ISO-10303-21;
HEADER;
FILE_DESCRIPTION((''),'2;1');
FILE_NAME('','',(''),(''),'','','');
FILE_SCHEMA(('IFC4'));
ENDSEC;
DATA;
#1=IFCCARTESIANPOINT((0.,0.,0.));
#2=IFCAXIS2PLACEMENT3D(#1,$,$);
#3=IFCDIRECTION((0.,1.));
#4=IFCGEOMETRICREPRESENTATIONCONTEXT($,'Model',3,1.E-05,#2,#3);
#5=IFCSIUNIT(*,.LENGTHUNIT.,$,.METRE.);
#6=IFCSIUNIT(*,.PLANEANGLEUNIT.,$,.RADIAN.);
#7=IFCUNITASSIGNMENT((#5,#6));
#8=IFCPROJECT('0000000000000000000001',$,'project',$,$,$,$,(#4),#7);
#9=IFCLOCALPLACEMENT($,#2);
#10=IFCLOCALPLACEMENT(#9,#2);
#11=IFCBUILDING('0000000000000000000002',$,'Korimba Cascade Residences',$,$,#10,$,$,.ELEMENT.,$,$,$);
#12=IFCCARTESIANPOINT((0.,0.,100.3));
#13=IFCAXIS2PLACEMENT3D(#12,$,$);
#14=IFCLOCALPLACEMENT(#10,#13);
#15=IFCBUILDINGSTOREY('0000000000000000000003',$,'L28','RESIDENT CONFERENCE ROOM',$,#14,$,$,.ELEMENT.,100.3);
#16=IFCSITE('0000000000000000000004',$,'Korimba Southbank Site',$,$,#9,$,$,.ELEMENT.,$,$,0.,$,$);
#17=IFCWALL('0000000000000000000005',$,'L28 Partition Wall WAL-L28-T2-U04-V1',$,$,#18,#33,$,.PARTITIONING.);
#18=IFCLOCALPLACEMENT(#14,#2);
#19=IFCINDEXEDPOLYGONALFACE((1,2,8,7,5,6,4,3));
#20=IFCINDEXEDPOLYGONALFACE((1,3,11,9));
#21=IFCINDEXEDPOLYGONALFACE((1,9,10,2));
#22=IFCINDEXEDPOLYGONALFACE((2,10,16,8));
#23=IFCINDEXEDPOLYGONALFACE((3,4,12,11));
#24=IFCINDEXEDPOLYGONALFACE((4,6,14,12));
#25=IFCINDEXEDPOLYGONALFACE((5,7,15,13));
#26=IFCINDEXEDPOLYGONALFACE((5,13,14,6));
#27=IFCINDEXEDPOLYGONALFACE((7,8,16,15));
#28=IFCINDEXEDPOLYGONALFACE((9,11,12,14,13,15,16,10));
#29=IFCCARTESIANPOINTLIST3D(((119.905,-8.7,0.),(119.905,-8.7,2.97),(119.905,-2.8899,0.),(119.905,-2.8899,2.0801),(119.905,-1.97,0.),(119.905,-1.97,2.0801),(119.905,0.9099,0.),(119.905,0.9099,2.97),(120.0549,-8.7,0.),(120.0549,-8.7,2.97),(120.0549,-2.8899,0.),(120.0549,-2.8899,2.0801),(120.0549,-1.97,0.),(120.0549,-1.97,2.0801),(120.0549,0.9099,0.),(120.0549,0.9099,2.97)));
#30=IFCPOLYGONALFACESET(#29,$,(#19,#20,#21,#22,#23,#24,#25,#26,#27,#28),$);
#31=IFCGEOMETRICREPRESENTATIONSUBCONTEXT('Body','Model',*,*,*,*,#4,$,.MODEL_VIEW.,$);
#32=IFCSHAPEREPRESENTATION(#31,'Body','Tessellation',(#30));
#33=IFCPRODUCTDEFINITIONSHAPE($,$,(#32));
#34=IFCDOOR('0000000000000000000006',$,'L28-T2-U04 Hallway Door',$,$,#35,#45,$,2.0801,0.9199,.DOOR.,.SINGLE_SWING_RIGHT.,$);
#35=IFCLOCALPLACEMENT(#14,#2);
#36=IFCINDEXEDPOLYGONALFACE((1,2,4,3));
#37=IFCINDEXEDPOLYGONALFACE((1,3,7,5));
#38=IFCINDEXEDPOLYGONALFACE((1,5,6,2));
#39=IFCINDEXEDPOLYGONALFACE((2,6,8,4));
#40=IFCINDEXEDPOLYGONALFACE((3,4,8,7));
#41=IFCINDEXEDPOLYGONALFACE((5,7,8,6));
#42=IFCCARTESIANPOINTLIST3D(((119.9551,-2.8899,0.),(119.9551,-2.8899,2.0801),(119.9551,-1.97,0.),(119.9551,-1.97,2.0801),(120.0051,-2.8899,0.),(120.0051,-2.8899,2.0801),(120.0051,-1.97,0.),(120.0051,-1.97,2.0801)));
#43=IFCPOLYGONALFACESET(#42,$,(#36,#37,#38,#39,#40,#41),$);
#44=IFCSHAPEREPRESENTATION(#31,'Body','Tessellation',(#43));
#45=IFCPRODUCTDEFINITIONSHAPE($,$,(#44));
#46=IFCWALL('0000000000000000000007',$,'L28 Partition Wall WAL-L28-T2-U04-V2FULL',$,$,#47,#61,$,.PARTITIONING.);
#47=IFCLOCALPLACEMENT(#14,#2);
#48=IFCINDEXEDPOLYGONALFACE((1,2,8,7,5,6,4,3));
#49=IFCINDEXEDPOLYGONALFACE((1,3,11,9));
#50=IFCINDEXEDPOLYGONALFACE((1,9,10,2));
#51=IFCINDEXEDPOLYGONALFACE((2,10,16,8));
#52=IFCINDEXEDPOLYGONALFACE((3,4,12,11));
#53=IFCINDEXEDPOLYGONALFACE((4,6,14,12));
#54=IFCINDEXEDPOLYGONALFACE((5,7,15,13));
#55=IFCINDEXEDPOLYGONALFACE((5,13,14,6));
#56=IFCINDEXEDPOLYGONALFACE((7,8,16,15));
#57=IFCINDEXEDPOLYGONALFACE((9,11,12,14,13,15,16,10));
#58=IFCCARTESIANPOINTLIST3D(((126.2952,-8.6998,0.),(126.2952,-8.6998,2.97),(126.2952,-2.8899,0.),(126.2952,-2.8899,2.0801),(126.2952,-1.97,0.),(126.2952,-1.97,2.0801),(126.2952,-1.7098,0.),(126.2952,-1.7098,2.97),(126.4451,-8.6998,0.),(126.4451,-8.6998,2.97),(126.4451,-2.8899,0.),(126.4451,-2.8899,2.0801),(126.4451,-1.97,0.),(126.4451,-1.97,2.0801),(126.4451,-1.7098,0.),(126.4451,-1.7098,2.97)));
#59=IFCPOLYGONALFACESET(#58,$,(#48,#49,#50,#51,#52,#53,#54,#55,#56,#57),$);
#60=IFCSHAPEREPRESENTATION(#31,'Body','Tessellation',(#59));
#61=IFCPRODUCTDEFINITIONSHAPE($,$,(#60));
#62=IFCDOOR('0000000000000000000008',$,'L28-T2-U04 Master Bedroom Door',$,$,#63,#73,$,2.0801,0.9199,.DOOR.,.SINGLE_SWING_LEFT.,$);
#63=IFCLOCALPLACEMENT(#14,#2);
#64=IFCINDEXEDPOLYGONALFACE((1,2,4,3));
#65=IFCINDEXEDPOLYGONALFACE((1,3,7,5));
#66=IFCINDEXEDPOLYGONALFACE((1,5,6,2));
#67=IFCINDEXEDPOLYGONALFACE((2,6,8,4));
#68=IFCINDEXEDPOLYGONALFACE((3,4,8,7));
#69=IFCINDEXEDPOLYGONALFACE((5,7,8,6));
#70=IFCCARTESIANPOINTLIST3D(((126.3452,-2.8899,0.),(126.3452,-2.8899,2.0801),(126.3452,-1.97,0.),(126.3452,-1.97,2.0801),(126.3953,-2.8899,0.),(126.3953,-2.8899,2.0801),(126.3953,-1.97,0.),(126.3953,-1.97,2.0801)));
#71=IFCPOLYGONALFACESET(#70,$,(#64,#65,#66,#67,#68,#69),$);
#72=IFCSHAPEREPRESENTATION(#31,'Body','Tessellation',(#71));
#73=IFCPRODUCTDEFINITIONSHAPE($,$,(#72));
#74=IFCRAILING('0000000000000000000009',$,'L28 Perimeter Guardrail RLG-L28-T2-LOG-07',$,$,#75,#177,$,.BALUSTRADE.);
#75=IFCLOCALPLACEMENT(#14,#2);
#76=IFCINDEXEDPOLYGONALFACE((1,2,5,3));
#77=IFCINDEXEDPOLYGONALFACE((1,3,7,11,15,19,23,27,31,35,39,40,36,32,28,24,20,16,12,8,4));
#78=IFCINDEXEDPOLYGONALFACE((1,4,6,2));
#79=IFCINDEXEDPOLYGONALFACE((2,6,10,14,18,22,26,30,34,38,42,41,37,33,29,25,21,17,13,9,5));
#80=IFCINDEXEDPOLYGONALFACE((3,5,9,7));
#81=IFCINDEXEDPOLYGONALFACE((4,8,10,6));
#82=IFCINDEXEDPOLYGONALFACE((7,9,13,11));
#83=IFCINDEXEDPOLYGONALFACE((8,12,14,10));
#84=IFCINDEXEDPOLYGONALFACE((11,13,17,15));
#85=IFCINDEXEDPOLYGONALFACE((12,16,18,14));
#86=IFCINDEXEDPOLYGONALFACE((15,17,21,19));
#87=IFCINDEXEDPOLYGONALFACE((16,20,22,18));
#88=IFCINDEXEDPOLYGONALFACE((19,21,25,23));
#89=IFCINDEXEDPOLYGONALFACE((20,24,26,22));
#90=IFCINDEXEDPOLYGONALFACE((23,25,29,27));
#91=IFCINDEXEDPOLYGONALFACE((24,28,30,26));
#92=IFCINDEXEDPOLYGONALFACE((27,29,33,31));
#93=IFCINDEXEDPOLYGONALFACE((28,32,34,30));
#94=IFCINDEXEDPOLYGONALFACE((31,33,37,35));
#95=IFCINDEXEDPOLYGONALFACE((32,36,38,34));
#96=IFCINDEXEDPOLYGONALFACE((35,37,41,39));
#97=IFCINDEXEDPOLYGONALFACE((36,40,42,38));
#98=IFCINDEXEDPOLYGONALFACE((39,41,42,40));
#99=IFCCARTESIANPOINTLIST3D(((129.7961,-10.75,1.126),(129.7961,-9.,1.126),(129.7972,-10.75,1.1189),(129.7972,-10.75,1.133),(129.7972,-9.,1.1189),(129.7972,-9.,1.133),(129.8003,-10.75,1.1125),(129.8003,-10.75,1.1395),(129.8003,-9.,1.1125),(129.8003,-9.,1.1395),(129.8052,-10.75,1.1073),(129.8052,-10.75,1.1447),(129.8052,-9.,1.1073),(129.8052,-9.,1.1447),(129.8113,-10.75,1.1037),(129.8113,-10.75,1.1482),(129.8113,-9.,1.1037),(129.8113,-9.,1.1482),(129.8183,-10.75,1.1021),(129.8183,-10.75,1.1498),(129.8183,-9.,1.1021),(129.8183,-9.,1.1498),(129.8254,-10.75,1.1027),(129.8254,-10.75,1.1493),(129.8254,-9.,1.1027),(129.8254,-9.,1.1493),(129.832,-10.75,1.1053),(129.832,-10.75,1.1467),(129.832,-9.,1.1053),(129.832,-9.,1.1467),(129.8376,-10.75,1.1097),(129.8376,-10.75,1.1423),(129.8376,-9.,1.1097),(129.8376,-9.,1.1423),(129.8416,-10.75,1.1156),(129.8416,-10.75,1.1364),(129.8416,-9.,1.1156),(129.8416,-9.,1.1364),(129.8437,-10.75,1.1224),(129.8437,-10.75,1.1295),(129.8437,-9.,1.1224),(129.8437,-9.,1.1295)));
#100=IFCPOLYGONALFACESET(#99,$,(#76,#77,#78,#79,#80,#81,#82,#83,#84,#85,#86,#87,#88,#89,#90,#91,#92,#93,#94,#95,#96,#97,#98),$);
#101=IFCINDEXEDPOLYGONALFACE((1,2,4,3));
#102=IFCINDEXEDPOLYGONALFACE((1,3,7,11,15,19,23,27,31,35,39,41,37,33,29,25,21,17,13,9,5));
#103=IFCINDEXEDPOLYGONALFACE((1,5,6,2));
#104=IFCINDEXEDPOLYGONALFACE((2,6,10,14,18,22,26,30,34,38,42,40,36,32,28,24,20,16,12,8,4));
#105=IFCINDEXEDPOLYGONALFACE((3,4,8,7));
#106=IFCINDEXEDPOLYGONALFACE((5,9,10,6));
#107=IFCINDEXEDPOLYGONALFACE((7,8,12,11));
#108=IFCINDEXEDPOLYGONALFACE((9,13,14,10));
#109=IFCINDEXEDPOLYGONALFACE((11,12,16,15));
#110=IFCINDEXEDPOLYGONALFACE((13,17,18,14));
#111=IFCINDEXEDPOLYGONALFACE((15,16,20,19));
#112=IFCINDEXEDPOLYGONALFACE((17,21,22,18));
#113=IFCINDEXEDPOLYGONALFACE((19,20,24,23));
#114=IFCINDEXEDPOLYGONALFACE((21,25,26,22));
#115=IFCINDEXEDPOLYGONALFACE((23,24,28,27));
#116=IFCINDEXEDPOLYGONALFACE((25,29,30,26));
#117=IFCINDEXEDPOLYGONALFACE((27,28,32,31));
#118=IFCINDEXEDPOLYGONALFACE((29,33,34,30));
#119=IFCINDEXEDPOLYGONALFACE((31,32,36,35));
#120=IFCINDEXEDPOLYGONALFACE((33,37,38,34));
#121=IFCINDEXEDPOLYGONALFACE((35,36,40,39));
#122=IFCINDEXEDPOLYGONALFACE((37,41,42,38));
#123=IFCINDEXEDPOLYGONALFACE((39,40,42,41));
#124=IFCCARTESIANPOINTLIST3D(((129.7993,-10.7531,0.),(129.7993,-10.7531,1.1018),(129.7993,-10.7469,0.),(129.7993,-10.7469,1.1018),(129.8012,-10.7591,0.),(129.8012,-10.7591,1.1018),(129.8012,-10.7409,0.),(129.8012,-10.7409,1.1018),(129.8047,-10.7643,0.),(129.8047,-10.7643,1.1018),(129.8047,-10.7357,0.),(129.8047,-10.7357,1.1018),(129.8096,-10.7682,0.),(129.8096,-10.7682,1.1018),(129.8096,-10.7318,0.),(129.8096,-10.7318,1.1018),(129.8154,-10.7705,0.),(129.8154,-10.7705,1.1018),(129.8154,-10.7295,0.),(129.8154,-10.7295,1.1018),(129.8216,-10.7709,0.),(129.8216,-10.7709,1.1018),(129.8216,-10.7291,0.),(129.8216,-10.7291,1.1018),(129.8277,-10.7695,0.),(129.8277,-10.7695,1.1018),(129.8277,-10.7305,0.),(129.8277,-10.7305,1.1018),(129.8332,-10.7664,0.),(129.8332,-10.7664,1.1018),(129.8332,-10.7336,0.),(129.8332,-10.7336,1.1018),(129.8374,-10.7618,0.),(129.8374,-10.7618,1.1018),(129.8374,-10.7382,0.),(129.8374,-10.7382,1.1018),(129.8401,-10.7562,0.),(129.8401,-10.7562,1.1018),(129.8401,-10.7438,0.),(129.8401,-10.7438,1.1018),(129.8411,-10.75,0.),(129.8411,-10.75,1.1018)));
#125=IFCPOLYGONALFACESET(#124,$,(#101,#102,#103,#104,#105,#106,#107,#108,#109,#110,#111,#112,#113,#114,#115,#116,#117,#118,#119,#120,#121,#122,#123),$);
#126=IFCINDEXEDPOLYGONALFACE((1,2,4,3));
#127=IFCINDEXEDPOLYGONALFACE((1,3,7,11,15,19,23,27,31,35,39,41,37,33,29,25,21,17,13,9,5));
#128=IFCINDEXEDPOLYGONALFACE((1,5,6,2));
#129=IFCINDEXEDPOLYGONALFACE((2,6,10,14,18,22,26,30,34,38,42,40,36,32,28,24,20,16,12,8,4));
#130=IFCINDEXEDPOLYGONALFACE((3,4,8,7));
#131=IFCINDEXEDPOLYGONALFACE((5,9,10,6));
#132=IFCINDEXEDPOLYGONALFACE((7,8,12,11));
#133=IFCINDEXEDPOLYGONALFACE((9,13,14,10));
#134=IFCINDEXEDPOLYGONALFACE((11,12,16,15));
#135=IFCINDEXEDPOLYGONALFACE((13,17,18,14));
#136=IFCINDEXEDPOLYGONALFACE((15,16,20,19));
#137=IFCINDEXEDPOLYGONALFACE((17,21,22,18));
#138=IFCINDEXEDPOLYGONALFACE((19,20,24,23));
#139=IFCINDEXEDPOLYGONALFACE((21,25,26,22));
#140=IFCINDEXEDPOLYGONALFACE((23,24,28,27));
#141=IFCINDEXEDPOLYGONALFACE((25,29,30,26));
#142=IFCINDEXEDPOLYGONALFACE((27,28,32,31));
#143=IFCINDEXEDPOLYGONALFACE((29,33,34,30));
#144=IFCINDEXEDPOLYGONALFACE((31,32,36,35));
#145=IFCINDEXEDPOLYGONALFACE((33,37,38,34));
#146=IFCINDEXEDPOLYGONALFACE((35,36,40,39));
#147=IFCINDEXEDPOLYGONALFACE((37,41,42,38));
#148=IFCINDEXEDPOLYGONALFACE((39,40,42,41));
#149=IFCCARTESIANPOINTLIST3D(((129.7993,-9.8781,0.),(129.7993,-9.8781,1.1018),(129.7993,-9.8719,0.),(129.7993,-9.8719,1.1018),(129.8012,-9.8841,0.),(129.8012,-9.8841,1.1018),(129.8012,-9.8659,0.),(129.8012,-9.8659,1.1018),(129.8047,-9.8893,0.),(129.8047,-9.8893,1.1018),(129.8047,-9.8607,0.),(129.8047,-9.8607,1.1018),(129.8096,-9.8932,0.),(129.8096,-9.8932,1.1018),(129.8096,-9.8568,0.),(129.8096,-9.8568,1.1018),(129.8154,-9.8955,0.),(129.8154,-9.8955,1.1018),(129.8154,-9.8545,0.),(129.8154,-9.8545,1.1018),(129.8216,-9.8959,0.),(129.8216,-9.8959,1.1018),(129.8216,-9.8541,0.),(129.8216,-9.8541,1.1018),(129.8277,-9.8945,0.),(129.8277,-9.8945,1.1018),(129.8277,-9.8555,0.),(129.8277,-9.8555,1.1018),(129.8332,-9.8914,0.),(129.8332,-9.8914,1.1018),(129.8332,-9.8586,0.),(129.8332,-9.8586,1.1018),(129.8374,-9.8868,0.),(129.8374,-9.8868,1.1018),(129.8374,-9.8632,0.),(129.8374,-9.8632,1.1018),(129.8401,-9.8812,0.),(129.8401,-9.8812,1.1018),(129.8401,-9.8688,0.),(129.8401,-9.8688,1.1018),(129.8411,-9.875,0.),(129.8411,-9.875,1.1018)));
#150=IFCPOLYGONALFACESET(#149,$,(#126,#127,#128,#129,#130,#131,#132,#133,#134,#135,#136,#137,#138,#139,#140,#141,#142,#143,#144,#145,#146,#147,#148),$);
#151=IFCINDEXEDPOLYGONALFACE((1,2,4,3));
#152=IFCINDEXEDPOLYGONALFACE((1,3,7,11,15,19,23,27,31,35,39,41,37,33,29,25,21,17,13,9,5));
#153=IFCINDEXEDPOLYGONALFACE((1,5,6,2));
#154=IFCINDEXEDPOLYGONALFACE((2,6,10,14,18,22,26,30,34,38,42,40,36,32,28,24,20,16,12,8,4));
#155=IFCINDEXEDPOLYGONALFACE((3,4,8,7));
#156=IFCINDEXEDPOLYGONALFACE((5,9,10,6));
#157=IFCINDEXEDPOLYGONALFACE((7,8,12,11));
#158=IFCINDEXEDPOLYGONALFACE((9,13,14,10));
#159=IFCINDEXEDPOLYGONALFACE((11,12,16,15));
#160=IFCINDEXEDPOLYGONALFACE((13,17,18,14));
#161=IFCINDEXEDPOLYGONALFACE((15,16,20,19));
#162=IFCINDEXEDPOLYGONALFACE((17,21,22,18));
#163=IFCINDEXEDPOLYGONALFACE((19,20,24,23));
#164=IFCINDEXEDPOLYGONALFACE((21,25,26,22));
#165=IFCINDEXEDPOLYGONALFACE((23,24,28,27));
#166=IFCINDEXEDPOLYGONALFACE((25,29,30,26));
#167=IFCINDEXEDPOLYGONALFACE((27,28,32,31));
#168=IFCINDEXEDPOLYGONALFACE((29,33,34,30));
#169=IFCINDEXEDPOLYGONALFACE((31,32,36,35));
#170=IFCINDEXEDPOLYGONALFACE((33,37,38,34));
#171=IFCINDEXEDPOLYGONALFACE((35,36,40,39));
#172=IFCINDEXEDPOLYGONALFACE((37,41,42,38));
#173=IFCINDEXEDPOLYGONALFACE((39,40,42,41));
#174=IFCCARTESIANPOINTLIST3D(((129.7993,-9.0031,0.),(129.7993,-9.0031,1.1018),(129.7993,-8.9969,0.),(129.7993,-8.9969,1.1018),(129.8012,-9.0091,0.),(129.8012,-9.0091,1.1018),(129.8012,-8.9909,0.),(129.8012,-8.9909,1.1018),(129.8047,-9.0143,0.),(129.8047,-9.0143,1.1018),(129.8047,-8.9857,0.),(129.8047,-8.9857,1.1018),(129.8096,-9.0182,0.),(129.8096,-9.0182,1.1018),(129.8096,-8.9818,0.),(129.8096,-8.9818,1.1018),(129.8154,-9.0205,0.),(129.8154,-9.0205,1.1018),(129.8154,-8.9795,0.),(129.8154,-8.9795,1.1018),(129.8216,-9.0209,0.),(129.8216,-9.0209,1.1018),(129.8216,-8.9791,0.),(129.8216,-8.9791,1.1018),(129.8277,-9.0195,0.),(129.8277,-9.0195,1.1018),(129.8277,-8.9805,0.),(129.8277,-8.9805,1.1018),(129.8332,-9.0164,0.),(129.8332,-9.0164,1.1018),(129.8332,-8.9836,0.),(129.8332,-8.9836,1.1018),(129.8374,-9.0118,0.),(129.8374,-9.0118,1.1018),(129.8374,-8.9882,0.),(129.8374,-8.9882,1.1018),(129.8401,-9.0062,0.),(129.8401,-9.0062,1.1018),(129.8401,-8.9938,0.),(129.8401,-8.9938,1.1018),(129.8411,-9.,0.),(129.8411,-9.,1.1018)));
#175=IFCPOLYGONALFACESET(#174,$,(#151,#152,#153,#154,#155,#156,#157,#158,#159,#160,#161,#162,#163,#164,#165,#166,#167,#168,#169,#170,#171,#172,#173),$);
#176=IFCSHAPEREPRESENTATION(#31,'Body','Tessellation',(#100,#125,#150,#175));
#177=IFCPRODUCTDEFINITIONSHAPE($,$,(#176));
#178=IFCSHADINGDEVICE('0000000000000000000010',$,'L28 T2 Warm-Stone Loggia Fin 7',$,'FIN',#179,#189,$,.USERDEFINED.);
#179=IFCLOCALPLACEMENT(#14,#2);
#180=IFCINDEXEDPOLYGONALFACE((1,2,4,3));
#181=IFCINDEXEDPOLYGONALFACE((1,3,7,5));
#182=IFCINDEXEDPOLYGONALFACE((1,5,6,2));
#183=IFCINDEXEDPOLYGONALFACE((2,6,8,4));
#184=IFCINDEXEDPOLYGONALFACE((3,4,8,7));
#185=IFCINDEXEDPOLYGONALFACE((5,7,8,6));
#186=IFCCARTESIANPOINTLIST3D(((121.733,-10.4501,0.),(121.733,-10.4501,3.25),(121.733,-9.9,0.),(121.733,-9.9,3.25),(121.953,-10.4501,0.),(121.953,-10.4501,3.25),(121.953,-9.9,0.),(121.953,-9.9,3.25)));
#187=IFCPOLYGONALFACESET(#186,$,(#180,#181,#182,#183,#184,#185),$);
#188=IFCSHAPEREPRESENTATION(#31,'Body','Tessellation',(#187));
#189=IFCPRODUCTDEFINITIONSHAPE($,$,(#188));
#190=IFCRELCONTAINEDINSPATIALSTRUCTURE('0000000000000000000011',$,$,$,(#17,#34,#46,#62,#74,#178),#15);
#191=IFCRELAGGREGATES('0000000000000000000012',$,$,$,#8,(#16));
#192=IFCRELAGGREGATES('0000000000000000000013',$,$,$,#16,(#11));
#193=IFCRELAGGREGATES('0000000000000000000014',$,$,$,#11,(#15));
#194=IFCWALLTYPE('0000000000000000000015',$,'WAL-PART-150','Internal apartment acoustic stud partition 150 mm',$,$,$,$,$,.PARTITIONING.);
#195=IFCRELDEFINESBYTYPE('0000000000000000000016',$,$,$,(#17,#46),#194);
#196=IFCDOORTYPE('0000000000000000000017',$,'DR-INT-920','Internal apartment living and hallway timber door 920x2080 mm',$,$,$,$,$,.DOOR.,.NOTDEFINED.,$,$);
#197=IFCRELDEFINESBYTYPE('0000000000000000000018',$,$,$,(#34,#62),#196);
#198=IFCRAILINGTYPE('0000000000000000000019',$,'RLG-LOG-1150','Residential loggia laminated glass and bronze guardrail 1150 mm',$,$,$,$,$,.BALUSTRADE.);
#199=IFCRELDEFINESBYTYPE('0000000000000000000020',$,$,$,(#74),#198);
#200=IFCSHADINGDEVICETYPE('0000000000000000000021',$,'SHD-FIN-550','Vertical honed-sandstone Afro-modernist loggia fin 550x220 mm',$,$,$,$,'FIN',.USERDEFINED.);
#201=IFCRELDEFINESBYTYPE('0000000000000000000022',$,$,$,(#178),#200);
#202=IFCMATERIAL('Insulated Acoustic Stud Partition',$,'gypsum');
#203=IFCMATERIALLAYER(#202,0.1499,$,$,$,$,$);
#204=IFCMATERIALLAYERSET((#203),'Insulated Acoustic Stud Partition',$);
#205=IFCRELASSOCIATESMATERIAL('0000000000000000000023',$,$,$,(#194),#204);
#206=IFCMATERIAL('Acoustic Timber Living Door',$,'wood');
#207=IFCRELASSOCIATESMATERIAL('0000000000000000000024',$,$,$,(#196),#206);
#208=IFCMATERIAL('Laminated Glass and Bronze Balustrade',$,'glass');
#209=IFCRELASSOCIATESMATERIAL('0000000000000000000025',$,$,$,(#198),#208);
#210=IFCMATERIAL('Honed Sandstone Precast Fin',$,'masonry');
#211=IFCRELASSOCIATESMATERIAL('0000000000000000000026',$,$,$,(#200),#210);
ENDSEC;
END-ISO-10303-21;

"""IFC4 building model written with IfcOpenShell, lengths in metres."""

from ifc_helpers import new_model, si_unit, direction, frame, frame_2d, origin, origin_2d, place, context, subcontext, project, spatial, rectangle, circle, extrude, material, layer, layer_set, type_object, element, fill, save


model = new_model("IFC4")

# Units and contexts
model_context = context("Model", 3, precision=1e-05, world=origin(), true_north=direction((0.0, 1.0)))
body_context = subcontext(model_context, "Body", "Model", "MODEL_VIEW")
ifc_project = project(units=[si_unit("LENGTHUNIT", "METRE"), si_unit("PLANEANGLEUNIT", "RADIAN")], contexts=[model_context])

# Site, building, storey
site_placement = place(None, origin())
site = spatial("IfcSite", under=ifc_project, at=site_placement, Name="Korimba Southbank Site", CompositionType="ELEMENT", RefElevation=0.0)
building_placement = place(site_placement, origin())
building = spatial("IfcBuilding", under=site, at=building_placement, Name="Korimba Cascade Residences", CompositionType="ELEMENT")
storey_placement = place(building_placement, frame((0.0, 0.0, 100.3)))
storey = spatial("IfcBuildingStorey", under=building, at=storey_placement, Name="L28", Description="RESIDENT CONFERENCE ROOM", CompositionType="ELEMENT", Elevation=100.3)

# Walls, openings, doors
ifc_material_1 = material(Name="Insulated Acoustic Stud Partition", Category="gypsum")
ifc_layer_1 = layer(ifc_material_1, 0.1499)
ifc_layer_set_1 = layer_set([ifc_layer_1], Name="Insulated Acoustic Stud Partition")
wall_type_1 = type_object("IfcWallType", Name="WAL-PART-150", Description="Internal apartment acoustic stud partition 150 mm", PredefinedType="PARTITIONING", material=ifc_layer_set_1)
wall_1_placement = place(storey_placement, frame((119.98, -8.7, 0.0), z_axis=(0.0, 0.0, 1.0), x_axis=(0.0, 1.0, 0.0)))
wall_1 = element("IfcWall", 1, at=wall_1_placement, inside=storey, type_object=wall_type_1, Name="L28 Partition Wall WAL-L28-T2-U04-V1", PredefinedType="PARTITIONING", context=body_context, shape_type="SweptSolid", body=[
    extrude(rectangle(XDim=9.6099, YDim=0.1499, at=frame_2d((4.8049, 0.0))), origin(), (0.0, 0.0, 1.0), 2.97),
])
opening_1_placement = place(wall_1_placement, frame((5.8101, 0.0, 0.0)))
opening_1 = element("IfcOpeningElement", 2, at=opening_1_placement, cuts=wall_1, PredefinedType="OPENING", context=body_context, shape_type="SweptSolid", body=[
    extrude(rectangle(XDim=0.9199, YDim=2.0801, at=frame_2d((0.46, 1.04))), frame((0.0, 0.085, 0.0), z_axis=(0.0, -1.0, 0.0), x_axis=(1.0, 0.0, 0.0)), (0.0, 0.0, 1.0), 0.1699),
])
ifc_material_2 = material(Name="Acoustic Timber Living Door", Category="wood")
door_type = type_object("IfcDoorType", Name="DR-INT-920", Description="Internal apartment living and hallway timber door 920x2080 mm", OperationType="NOTDEFINED", PredefinedType="DOOR", material=ifc_material_2)
door_1_placement = place(opening_1_placement, origin())
door_1 = element("IfcDoor", 3, at=door_1_placement, inside=storey, type_object=door_type, Name="L28-T2-U04 Hallway Door", OperationType="SINGLE_SWING_RIGHT", OverallHeight=2.0801, OverallWidth=0.9199, PredefinedType="DOOR", context=body_context, shape_type="SweptSolid", body=[
    extrude(rectangle(XDim=0.9199, YDim=2.0801, at=frame_2d((0.46, 1.04))), frame((0.0, 0.0249, 0.0), z_axis=(0.0, -1.0, 0.0), x_axis=(1.0, 0.0, 0.0)), (0.0, 0.0, 1.0), 0.05),
])
fill(opening_1, door_1)
wall_2_placement = place(storey_placement, frame((126.3701, -8.7, 0.0), z_axis=(0.0, 0.0, 1.0), x_axis=(0.0, 1.0, 0.0)))
wall_2 = element("IfcWall", 4, at=wall_2_placement, inside=storey, type_object=wall_type_1, Name="L28 Partition Wall WAL-L28-T2-U04-V2FULL", PredefinedType="PARTITIONING", context=body_context, shape_type="SweptSolid", body=[
    extrude(rectangle(XDim=6.99, YDim=0.1499, at=frame_2d((3.4951, 0.0))), origin(), (0.0, 0.0, 1.0), 2.97),
])
opening_2_placement = place(wall_2_placement, frame((5.8101, 0.0, 0.0)))
opening_2 = element("IfcOpeningElement", 5, at=opening_2_placement, cuts=wall_2, PredefinedType="OPENING", context=body_context, shape_type="SweptSolid", body=[
    extrude(rectangle(XDim=0.9199, YDim=2.0801, at=frame_2d((0.46, 1.04))), frame((0.0, 0.085, 0.0), z_axis=(0.0, -1.0, 0.0), x_axis=(1.0, 0.0, 0.0)), (0.0, 0.0, 1.0), 0.1699),
])
door_2_placement = place(opening_2_placement, origin())
door_2 = element("IfcDoor", 6, at=door_2_placement, inside=storey, type_object=door_type, Name="L28-T2-U04 Master Bedroom Door", OperationType="SINGLE_SWING_LEFT", OverallHeight=2.0801, OverallWidth=0.9199, PredefinedType="DOOR", context=body_context, shape_type="SweptSolid", body=[
    extrude(rectangle(XDim=0.9199, YDim=2.0801, at=frame_2d((0.46, 1.04))), frame((0.0, 0.0249, 0.0), z_axis=(0.0, -1.0, 0.0), x_axis=(1.0, 0.0, 0.0)), (0.0, 0.0, 1.0), 0.05),
])
fill(opening_2, door_2)

# Railing
ifc_material_3 = material(Name="Laminated Glass and Bronze Balustrade", Category="glass")
railing_type = type_object("IfcRailingType", Name="RLG-LOG-1150", Description="Residential loggia laminated glass and bronze guardrail 1150 mm", PredefinedType="BALUSTRADE", material=ifc_material_3)
railing_1_placement = place(storey_placement, frame((129.8201, -10.75, 0.0)))
element("IfcRailing", 7, at=railing_1_placement, inside=storey, type_object=railing_type, Name="L28 Perimeter Guardrail RLG-L28-T2-LOG-07", PredefinedType="BALUSTRADE", context=body_context, shape_type="SweptSolid", body=[
    extrude(circle(Radius=0.0239, at=origin_2d()), frame((0.0, 0.0, 1.126), z_axis=(0.0, 1.0, 0.0), x_axis=(-1.0, 0.0, 0.0)), (0.0, 0.0, 1.0), 1.75),
    extrude(circle(Radius=0.021, at=origin_2d()), origin(), (0.0, 0.0, 1.0), 1.1018),
    extrude(circle(Radius=0.021, at=origin_2d()), frame((0.0, 0.875, 0.0)), (0.0, 0.0, 1.0), 1.1018),
    extrude(circle(Radius=0.021, at=origin_2d()), frame((0.0, 1.75, 0.0)), (0.0, 0.0, 1.0), 1.1018),
])

# Shading device
ifc_material_4 = material(Name="Honed Sandstone Precast Fin", Category="masonry")
shading_device_type = type_object("IfcShadingDeviceType", Name="SHD-FIN-550", Description="Vertical honed-sandstone Afro-modernist loggia fin 550x220 mm", ElementType="FIN", PredefinedType="USERDEFINED", material=ifc_material_4)
for number, where, z_axis, x_axis, name in (
    (8, (121.843, -10.175, 0.0), (0.0, 0.0, 1.0), (1.0, 0.0, 0.0), "L28 T2 Warm-Stone Loggia Fin 7"),
):
    element("IfcShadingDevice", number, at=place(storey_placement, frame(where, z_axis=z_axis, x_axis=x_axis)), inside=storey, type_object=shading_device_type, Name=name, ObjectType="FIN", PredefinedType="USERDEFINED", context=body_context, shape_type="SweptSolid", body=[
        extrude(rectangle(XDim=0.22, YDim=0.55, at=origin_2d()), origin(), (0.0, 0.0, 1.0), 3.25),
    ])

save(model, "model.ifc")
